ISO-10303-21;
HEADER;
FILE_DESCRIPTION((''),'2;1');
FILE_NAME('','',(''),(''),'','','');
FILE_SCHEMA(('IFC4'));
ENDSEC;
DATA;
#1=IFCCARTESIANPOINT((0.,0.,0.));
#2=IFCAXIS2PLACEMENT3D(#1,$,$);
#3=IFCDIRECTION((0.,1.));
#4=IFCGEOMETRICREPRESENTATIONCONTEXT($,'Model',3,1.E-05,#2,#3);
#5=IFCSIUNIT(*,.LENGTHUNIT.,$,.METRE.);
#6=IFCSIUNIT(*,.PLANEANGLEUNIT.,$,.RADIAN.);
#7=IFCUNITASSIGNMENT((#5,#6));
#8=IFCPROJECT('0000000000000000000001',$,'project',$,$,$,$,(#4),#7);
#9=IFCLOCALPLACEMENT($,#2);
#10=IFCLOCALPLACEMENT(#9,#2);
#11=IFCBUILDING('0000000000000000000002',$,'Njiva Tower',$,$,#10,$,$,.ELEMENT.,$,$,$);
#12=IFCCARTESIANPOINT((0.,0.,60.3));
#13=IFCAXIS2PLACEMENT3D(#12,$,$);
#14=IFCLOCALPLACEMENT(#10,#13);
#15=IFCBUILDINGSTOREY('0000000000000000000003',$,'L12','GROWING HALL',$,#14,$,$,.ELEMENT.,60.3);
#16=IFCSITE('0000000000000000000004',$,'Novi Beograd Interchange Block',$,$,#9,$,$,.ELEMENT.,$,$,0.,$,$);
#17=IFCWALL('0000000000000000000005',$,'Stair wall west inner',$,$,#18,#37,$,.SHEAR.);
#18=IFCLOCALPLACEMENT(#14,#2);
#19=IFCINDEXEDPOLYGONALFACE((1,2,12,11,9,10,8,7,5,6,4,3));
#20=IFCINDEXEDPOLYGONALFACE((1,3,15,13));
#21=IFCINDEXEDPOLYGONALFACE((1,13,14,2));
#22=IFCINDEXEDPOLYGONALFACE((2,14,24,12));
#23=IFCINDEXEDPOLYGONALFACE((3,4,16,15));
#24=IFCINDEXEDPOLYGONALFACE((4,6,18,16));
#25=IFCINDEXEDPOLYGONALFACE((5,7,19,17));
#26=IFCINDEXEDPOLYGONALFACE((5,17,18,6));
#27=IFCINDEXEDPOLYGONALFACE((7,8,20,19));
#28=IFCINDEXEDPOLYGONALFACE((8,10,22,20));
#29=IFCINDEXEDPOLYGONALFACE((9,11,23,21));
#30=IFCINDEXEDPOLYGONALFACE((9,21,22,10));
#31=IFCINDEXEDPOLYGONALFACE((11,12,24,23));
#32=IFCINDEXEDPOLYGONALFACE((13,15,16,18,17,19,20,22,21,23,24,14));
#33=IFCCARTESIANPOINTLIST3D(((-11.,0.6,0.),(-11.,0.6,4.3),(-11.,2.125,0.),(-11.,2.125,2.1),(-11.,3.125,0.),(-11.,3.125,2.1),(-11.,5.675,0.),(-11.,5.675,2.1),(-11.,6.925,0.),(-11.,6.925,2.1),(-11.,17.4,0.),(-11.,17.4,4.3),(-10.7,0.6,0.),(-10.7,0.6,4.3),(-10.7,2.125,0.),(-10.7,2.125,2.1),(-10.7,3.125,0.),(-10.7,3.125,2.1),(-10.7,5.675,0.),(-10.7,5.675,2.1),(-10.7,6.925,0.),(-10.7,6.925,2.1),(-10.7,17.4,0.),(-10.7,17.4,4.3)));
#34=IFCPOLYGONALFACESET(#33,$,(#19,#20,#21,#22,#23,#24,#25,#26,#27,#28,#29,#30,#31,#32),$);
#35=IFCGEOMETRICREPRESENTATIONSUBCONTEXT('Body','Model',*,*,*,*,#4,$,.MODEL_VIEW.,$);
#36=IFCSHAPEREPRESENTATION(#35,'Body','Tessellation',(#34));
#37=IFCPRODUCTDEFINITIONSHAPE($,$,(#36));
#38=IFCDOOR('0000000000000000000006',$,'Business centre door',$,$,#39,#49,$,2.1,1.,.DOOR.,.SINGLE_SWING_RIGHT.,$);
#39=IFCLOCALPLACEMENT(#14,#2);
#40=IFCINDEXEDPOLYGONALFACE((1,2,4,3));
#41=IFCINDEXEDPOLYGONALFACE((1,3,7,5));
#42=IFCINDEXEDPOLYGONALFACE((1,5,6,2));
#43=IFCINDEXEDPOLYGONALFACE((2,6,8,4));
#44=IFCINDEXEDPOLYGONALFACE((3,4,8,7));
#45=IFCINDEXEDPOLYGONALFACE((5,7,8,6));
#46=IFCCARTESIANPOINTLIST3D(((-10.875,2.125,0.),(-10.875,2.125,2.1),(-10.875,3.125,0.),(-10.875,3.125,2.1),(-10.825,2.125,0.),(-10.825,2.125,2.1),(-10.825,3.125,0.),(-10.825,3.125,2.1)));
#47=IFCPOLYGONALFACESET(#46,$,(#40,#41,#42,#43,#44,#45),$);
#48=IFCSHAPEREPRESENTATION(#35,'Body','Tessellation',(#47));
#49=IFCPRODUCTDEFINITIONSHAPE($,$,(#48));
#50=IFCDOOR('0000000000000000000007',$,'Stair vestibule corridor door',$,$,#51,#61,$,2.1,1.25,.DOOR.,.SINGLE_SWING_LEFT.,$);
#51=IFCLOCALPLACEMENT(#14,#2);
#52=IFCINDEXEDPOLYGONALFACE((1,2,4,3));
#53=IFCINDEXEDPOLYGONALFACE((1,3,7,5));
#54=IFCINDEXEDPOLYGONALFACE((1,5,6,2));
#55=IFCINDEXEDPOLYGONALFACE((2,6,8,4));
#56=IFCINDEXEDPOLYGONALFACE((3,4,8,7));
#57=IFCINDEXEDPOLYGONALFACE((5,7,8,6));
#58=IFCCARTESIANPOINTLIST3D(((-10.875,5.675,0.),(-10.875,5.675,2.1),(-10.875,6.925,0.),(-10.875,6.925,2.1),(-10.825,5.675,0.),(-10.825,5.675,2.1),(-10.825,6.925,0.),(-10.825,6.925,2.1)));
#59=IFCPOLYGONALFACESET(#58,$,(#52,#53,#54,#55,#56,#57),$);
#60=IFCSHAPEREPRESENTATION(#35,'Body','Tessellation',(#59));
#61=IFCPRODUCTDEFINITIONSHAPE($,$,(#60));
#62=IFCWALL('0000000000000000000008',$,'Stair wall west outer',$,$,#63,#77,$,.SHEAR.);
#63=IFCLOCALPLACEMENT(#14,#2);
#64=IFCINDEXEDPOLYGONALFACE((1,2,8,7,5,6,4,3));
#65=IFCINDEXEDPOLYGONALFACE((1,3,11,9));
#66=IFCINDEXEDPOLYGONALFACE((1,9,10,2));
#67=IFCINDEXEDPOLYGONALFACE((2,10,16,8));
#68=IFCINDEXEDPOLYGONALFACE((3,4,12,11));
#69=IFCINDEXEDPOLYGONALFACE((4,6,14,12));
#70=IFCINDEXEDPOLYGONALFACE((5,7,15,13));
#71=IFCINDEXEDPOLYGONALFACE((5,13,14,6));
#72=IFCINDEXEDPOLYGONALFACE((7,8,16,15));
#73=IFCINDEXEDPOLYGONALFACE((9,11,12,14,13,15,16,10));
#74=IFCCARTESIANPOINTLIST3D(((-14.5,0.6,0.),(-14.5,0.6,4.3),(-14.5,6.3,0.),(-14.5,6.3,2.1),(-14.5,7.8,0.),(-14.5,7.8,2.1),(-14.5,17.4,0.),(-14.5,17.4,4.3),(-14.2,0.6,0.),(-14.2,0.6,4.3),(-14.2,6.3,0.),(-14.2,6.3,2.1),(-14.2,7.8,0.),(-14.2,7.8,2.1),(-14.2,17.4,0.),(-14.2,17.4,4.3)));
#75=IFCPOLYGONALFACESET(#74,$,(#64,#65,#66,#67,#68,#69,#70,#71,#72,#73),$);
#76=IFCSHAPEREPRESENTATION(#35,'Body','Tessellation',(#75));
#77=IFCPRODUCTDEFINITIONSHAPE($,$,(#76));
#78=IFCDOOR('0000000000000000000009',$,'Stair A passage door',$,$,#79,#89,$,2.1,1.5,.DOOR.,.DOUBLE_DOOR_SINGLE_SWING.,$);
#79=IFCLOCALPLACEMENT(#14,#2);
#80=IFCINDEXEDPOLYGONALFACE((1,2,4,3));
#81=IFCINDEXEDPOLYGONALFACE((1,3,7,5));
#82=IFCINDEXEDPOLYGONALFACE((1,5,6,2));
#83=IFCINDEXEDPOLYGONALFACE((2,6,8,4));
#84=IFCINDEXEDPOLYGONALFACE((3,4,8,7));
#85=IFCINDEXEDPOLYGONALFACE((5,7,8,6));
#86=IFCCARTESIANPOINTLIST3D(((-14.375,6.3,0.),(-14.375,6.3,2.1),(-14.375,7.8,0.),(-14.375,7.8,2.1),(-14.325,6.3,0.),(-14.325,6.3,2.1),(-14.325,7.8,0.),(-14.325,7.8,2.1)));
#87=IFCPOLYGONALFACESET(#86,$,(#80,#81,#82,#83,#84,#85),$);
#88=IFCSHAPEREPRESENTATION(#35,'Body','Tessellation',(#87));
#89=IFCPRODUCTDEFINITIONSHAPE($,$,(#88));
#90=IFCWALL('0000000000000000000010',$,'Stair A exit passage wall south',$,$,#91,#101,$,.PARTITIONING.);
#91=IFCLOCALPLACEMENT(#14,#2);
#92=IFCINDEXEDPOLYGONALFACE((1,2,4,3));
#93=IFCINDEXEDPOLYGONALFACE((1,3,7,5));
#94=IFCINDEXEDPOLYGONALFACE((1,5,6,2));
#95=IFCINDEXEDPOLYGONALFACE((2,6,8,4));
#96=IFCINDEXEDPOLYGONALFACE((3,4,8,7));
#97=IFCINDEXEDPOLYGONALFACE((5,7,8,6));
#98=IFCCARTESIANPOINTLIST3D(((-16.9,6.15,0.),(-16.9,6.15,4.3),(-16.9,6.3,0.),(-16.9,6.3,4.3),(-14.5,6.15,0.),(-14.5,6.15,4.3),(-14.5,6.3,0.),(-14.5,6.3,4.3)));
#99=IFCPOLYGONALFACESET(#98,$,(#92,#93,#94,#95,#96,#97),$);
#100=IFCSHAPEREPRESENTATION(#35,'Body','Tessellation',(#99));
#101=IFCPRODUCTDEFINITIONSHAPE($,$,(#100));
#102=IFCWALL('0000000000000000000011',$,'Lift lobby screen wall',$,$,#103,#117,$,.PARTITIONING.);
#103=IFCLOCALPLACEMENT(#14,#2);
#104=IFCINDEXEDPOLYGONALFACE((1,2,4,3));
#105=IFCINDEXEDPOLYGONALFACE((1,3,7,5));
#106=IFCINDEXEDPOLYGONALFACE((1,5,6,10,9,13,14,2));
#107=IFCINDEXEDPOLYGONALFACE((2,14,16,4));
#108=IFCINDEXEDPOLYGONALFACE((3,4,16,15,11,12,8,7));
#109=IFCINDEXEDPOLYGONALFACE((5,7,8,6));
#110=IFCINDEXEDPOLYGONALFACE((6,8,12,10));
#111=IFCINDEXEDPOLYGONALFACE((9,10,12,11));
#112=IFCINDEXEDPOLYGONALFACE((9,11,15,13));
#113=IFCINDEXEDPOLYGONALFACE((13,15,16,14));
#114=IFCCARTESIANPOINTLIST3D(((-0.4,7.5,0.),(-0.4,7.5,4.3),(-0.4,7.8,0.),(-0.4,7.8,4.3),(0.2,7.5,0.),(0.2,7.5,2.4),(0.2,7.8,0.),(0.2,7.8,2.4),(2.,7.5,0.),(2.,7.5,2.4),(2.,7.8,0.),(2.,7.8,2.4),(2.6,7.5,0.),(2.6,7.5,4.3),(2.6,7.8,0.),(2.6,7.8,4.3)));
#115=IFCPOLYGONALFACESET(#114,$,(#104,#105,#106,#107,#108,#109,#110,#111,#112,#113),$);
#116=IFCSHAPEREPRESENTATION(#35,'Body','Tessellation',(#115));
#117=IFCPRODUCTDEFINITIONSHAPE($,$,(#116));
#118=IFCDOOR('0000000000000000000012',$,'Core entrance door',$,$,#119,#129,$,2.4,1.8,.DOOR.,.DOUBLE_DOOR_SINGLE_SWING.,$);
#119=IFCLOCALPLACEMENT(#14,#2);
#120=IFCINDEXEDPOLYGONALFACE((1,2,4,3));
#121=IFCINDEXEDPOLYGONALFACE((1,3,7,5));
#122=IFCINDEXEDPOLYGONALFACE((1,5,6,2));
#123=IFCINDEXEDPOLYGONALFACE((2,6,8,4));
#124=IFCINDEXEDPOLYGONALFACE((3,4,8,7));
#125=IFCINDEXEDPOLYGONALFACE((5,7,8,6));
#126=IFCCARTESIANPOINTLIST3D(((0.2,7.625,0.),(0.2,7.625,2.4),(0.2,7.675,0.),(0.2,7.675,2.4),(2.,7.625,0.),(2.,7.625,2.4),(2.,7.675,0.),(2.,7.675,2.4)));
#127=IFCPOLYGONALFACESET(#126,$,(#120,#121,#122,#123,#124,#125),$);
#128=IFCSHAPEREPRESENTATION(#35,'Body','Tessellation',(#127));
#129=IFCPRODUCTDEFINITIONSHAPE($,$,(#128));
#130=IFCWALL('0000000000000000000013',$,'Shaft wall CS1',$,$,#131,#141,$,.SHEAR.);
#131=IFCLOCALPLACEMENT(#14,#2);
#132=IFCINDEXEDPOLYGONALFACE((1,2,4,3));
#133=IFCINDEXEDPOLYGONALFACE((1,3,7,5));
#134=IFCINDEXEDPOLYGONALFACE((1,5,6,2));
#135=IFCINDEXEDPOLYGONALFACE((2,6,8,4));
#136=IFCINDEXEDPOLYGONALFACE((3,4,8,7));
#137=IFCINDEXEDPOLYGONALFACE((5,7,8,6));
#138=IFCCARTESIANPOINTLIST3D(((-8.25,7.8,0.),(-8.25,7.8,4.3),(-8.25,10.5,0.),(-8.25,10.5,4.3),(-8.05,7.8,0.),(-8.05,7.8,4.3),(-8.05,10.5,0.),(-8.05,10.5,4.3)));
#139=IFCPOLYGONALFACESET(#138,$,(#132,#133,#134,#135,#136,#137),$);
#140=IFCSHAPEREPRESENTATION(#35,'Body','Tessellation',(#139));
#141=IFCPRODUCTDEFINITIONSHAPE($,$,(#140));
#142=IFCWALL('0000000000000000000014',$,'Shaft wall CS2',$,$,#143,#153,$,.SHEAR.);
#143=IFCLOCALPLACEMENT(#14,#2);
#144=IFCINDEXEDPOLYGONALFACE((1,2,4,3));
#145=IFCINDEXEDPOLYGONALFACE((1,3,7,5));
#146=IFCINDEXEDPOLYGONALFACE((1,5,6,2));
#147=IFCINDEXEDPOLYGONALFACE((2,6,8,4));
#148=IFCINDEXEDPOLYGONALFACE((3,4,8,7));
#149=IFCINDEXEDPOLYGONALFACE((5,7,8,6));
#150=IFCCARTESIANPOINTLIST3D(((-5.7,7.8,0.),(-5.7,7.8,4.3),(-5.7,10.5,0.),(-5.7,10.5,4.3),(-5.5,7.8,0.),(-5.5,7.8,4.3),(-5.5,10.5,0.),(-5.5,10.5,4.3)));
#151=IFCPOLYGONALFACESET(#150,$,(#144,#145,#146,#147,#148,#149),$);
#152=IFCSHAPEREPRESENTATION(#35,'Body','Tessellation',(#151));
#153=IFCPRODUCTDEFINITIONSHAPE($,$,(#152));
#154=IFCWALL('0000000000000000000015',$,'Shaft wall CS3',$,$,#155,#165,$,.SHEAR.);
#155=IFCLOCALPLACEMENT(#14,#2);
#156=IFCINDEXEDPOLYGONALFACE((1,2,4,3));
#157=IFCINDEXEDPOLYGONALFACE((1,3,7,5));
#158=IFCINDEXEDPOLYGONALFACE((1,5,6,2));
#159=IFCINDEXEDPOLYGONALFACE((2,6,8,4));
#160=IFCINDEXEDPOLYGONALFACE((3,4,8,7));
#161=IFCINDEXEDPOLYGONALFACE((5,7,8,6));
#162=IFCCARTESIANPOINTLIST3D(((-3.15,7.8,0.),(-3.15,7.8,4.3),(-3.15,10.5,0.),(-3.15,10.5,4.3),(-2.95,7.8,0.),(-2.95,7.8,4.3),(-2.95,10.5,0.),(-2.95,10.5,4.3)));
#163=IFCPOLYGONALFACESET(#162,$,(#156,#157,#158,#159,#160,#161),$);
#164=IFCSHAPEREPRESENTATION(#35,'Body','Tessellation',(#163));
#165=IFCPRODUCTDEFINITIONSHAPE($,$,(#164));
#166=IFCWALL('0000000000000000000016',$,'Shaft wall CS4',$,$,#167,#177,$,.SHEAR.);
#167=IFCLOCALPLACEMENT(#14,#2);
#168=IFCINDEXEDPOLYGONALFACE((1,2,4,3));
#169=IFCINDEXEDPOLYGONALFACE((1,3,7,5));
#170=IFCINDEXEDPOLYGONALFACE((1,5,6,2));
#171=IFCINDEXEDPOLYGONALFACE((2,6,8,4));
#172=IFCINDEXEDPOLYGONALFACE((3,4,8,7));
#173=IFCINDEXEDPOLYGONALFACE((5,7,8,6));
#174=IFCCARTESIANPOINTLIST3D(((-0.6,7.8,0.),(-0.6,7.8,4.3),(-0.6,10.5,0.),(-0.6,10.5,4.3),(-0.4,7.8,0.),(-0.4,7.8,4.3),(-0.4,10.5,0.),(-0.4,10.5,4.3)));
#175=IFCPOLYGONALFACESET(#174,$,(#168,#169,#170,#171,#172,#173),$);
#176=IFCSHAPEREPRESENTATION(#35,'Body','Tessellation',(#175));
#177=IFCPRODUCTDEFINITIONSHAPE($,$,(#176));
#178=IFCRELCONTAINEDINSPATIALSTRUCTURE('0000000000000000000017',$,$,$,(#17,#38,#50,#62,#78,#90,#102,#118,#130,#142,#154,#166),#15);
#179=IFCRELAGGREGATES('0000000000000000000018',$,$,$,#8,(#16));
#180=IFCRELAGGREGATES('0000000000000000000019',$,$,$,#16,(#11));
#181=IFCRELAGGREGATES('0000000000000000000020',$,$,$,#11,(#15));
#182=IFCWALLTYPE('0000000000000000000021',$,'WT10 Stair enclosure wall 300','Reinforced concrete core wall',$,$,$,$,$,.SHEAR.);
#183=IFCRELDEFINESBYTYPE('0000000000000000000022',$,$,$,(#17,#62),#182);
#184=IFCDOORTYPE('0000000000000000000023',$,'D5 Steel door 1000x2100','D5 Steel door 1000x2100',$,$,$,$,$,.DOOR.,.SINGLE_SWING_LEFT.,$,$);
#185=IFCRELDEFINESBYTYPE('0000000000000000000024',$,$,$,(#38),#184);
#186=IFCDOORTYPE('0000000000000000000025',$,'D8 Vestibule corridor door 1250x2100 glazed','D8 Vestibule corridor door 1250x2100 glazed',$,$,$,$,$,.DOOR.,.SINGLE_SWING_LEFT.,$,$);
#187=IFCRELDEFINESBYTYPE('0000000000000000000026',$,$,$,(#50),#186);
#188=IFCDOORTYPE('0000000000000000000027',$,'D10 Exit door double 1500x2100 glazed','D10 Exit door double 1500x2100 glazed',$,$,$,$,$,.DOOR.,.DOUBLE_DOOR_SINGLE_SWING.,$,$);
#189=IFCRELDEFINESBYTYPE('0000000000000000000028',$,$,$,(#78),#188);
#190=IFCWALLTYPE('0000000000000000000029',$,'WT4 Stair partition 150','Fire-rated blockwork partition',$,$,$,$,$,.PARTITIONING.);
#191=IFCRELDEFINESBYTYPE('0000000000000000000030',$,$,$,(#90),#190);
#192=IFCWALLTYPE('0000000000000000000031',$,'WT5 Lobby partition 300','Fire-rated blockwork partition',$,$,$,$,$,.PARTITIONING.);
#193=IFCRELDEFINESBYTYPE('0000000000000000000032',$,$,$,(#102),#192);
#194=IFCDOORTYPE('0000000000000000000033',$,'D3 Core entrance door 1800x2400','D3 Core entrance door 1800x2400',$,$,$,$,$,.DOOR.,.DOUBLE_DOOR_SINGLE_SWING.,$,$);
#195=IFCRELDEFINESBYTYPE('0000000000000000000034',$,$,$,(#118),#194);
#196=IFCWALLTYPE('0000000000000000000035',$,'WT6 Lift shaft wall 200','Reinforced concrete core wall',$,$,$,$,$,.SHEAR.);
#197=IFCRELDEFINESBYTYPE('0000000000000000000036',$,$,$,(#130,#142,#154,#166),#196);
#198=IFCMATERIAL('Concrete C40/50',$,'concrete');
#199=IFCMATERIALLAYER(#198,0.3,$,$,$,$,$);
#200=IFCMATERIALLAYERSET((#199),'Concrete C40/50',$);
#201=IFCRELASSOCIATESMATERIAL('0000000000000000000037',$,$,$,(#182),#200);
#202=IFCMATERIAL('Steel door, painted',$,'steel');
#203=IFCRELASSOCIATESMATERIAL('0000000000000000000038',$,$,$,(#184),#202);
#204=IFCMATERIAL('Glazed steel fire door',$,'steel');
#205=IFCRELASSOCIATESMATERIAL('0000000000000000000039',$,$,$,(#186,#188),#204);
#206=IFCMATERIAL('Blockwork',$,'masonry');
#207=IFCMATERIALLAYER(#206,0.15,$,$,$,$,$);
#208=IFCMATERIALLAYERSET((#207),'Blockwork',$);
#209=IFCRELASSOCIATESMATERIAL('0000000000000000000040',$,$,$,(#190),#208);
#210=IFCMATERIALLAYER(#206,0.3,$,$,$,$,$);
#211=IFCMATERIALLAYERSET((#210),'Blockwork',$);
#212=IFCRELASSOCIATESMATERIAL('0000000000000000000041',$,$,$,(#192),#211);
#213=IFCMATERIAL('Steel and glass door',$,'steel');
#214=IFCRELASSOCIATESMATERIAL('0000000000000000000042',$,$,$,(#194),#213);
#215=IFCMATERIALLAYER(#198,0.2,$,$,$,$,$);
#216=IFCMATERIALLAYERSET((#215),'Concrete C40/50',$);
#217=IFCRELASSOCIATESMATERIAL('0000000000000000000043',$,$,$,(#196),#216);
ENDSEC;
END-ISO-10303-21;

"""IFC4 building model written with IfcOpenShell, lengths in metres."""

from ifc_helpers import new_model, si_unit, direction, frame, frame_2d, origin, place, context, subcontext, project, spatial, rectangle, extrude, material, layer, layer_set, type_object, element, fill, save


model = new_model("IFC4")

# Units and contexts
model_context = context("Model", 3, precision=1e-05, world=origin(), true_north=direction((0.0, 1.0)))
body_context = subcontext(model_context, "Body", "Model", "MODEL_VIEW")
ifc_project = project(units=[si_unit("LENGTHUNIT", "METRE"), si_unit("PLANEANGLEUNIT", "RADIAN")], contexts=[model_context])

# Site, building, storey
site_placement = place(None, origin())
site = spatial("IfcSite", under=ifc_project, at=site_placement, Name="Novi Beograd Interchange Block", CompositionType="ELEMENT", RefElevation=0.0)
building_placement = place(site_placement, origin())
building = spatial("IfcBuilding", under=site, at=building_placement, Name="Njiva Tower", CompositionType="ELEMENT")
storey_placement = place(building_placement, frame((0.0, 0.0, 60.3)))
storey = spatial("IfcBuildingStorey", under=building, at=storey_placement, Name="L12", Description="GROWING HALL", CompositionType="ELEMENT", Elevation=60.3)

# Shared definitions
ifc_material_1 = material(Name="Blockwork", Category="masonry")

# Wall, openings, doors
ifc_material_2 = material(Name="Concrete C40/50", Category="concrete")
ifc_layer_1 = layer(ifc_material_2, 0.3)
ifc_layer_set_1 = layer_set([ifc_layer_1], Name="Concrete C40/50")
wall_type_1 = type_object("IfcWallType", Name="WT10 Stair enclosure wall 300", Description="Reinforced concrete core wall", PredefinedType="SHEAR", material=ifc_layer_set_1)
wall_1_placement = place(storey_placement, frame((-10.85, 0.6, 0.0), z_axis=(0.0, 0.0, 1.0), x_axis=(0.0, 1.0, 0.0)))
wall_1 = element("IfcWall", 1, at=wall_1_placement, inside=storey, type_object=wall_type_1, Name="Stair wall west inner", PredefinedType="SHEAR", context=body_context, shape_type="SweptSolid", body=[
    extrude(rectangle(XDim=16.8, YDim=0.3, at=frame_2d((8.4, 0.0))), origin(), (0.0, 0.0, 1.0), 4.3),
])
opening_1_placement = place(wall_1_placement, frame((5.075, 0.0, 0.0)))
opening_1 = element("IfcOpeningElement", 2, at=opening_1_placement, cuts=wall_1, PredefinedType="OPENING", context=body_context, shape_type="SweptSolid", body=[
    extrude(rectangle(XDim=1.25, YDim=2.1, at=frame_2d((0.625, 1.05))), frame((0.0, 0.16, 0.0), z_axis=(0.0, -1.0, 0.0), x_axis=(1.0, 0.0, 0.0)), (0.0, 0.0, 1.0), 0.32),
])
opening_2_placement = place(wall_1_placement, frame((1.525, 0.0, 0.0)))
opening_2 = element("IfcOpeningElement", 3, at=opening_2_placement, cuts=wall_1, PredefinedType="OPENING", context=body_context, shape_type="SweptSolid", body=[
    extrude(rectangle(XDim=1.0, YDim=2.1, at=frame_2d((0.5, 1.05))), frame((0.0, 0.16, 0.0), z_axis=(0.0, -1.0, 0.0), x_axis=(1.0, 0.0, 0.0)), (0.0, 0.0, 1.0), 0.32),
])
ifc_material_3 = material(Name="Steel door, painted", Category="steel")
door_type_1 = type_object("IfcDoorType", Name="D5 Steel door 1000x2100", Description="D5 Steel door 1000x2100", OperationType="SINGLE_SWING_LEFT", PredefinedType="DOOR", material=ifc_material_3)
door_1_placement = place(opening_2_placement, origin())
door_1 = element("IfcDoor", 4, at=door_1_placement, inside=storey, type_object=door_type_1, Name="Business centre door", OperationType="SINGLE_SWING_RIGHT", OverallHeight=2.1, OverallWidth=1.0, PredefinedType="DOOR", context=body_context, shape_type="SweptSolid", body=[
    extrude(rectangle(XDim=1.0, YDim=2.1, at=frame_2d((0.5, 1.05))), frame((0.0, 0.025, 0.0), z_axis=(0.0, -1.0, 0.0), x_axis=(1.0, 0.0, 0.0)), (0.0, 0.0, 1.0), 0.05),
])
fill(opening_2, door_1)
ifc_material_4 = material(Name="Glazed steel fire door", Category="steel")
door_type_2 = type_object("IfcDoorType", Name="D8 Vestibule corridor door 1250x2100 glazed", Description="D8 Vestibule corridor door 1250x2100 glazed", OperationType="SINGLE_SWING_LEFT", PredefinedType="DOOR", material=ifc_material_4)
door_2_placement = place(opening_1_placement, origin())
door_2 = element("IfcDoor", 5, at=door_2_placement, inside=storey, type_object=door_type_2, Name="Stair vestibule corridor door", OperationType="SINGLE_SWING_LEFT", OverallHeight=2.1, OverallWidth=1.25, PredefinedType="DOOR", context=body_context, shape_type="SweptSolid", body=[
    extrude(rectangle(XDim=1.25, YDim=2.1, at=frame_2d((0.625, 1.05))), frame((0.0, 0.025, 0.0), z_axis=(0.0, -1.0, 0.0), x_axis=(1.0, 0.0, 0.0)), (0.0, 0.0, 1.0), 0.05),
])
fill(opening_1, door_2)

# Wall, opening, door
wall_2_placement = place(storey_placement, frame((-14.35, 0.6, 0.0), z_axis=(0.0, 0.0, 1.0), x_axis=(0.0, 1.0, 0.0)))
wall_2 = element("IfcWall", 6, at=wall_2_placement, inside=storey, type_object=wall_type_1, Name="Stair wall west outer", PredefinedType="SHEAR", context=body_context, shape_type="SweptSolid", body=[
    extrude(rectangle(XDim=16.8, YDim=0.3, at=frame_2d((8.4, 0.0))), origin(), (0.0, 0.0, 1.0), 4.3),
])
opening_3_placement = place(wall_2_placement, frame((5.7, 0.0, 0.0)))
opening_3 = element("IfcOpeningElement", 7, at=opening_3_placement, cuts=wall_2, PredefinedType="OPENING", context=body_context, shape_type="SweptSolid", body=[
    extrude(rectangle(XDim=1.5, YDim=2.1, at=frame_2d((0.75, 1.05))), frame((0.0, 0.16, 0.0), z_axis=(0.0, -1.0, 0.0), x_axis=(1.0, 0.0, 0.0)), (0.0, 0.0, 1.0), 0.32),
])
door_type_3 = type_object("IfcDoorType", Name="D10 Exit door double 1500x2100 glazed", Description="D10 Exit door double 1500x2100 glazed", OperationType="DOUBLE_DOOR_SINGLE_SWING", PredefinedType="DOOR", material=ifc_material_4)
door_3_placement = place(opening_3_placement, origin())
door_3 = element("IfcDoor", 8, at=door_3_placement, inside=storey, type_object=door_type_3, Name="Stair A passage door", OperationType="DOUBLE_DOOR_SINGLE_SWING", OverallHeight=2.1, OverallWidth=1.5, PredefinedType="DOOR", context=body_context, shape_type="SweptSolid", body=[
    extrude(rectangle(XDim=1.5, YDim=2.1, at=frame_2d((0.75, 1.05))), frame((0.0, 0.025, 0.0), z_axis=(0.0, -1.0, 0.0), x_axis=(1.0, 0.0, 0.0)), (0.0, 0.0, 1.0), 0.05),
])
fill(opening_3, door_3)

# Wall
ifc_layer_2 = layer(ifc_material_1, 0.15)
ifc_layer_set_2 = layer_set([ifc_layer_2], Name="Blockwork")
wall_type_2 = type_object("IfcWallType", Name="WT4 Stair partition 150", Description="Fire-rated blockwork partition", PredefinedType="PARTITIONING", material=ifc_layer_set_2)
wall_3_placement = place(storey_placement, frame((-16.9, 6.225, 0.0), z_axis=(0.0, 0.0, 1.0), x_axis=(1.0, 0.0, 0.0)))
element("IfcWall", 9, at=wall_3_placement, inside=storey, type_object=wall_type_2, Name="Stair A exit passage wall south", PredefinedType="PARTITIONING", context=body_context, shape_type="SweptSolid", body=[
    extrude(rectangle(XDim=2.4, YDim=0.15, at=frame_2d((1.2, 0.0))), origin(), (0.0, 0.0, 1.0), 4.3),
])

# Wall, opening, door
ifc_layer_3 = layer(ifc_material_1, 0.3)
ifc_layer_set_3 = layer_set([ifc_layer_3], Name="Blockwork")
wall_type_3 = type_object("IfcWallType", Name="WT5 Lobby partition 300", Description="Fire-rated blockwork partition", PredefinedType="PARTITIONING", material=ifc_layer_set_3)
wall_4_placement = place(storey_placement, frame((-0.4, 7.65, 0.0), z_axis=(0.0, 0.0, 1.0), x_axis=(1.0, 0.0, 0.0)))
wall_4 = element("IfcWall", 10, at=wall_4_placement, inside=storey, type_object=wall_type_3, Name="Lift lobby screen wall", PredefinedType="PARTITIONING", context=body_context, shape_type="SweptSolid", body=[
    extrude(rectangle(XDim=3.0, YDim=0.3, at=frame_2d((1.5, 0.0))), origin(), (0.0, 0.0, 1.0), 4.3),
])
opening_4_placement = place(wall_4_placement, frame((0.6, 0.0, 0.0)))
opening_4 = element("IfcOpeningElement", 11, at=opening_4_placement, cuts=wall_4, PredefinedType="OPENING", context=body_context, shape_type="SweptSolid", body=[
    extrude(rectangle(XDim=1.8, YDim=2.4, at=frame_2d((0.9, 1.2))), frame((0.0, 0.16, 0.0), z_axis=(0.0, -1.0, 0.0), x_axis=(1.0, 0.0, 0.0)), (0.0, 0.0, 1.0), 0.32),
])
ifc_material_5 = material(Name="Steel and glass door", Category="steel")
door_type_4 = type_object("IfcDoorType", Name="D3 Core entrance door 1800x2400", Description="D3 Core entrance door 1800x2400", OperationType="DOUBLE_DOOR_SINGLE_SWING", PredefinedType="DOOR", material=ifc_material_5)
door_4_placement = place(opening_4_placement, origin())
door_4 = element("IfcDoor", 12, at=door_4_placement, inside=storey, type_object=door_type_4, Name="Core entrance door", OperationType="DOUBLE_DOOR_SINGLE_SWING", OverallHeight=2.4, OverallWidth=1.8, PredefinedType="DOOR", context=body_context, shape_type="SweptSolid", body=[
    extrude(rectangle(XDim=1.8, YDim=2.4, at=frame_2d((0.9, 1.2))), frame((0.0, 0.025, 0.0), z_axis=(0.0, -1.0, 0.0), x_axis=(1.0, 0.0, 0.0)), (0.0, 0.0, 1.0), 0.05),
])
fill(opening_4, door_4)

# Walls
ifc_layer_4 = layer(ifc_material_2, 0.2)
ifc_layer_set_4 = layer_set([ifc_layer_4], Name="Concrete C40/50")
wall_type_4 = type_object("IfcWallType", Name="WT6 Lift shaft wall 200", Description="Reinforced concrete core wall", PredefinedType="SHEAR", material=ifc_layer_set_4)
for number, where, z_axis, x_axis, name in (
    (13, (-8.15, 7.8, 0.0), (0.0, 0.0, 1.0), (0.0, 1.0, 0.0), "Shaft wall CS1"),
    (14, (-5.6, 7.8, 0.0), (0.0, 0.0, 1.0), (0.0, 1.0, 0.0), "Shaft wall CS2"),
    (15, (-3.05, 7.8, 0.0), (0.0, 0.0, 1.0), (0.0, 1.0, 0.0), "Shaft wall CS3"),
    (16, (-0.5, 7.8, 0.0), (0.0, 0.0, 1.0), (0.0, 1.0, 0.0), "Shaft wall CS4"),
):
    element("IfcWall", number, at=place(storey_placement, frame(where, z_axis=z_axis, x_axis=x_axis)), inside=storey, type_object=wall_type_4, Name=name, PredefinedType="SHEAR", context=body_context, shape_type="SweptSolid", body=[
        extrude(rectangle(XDim=2.7, YDim=0.2, at=frame_2d((1.35, 0.0))), origin(), (0.0, 0.0, 1.0), 4.3),
    ])

save(model, "model.ifc")
